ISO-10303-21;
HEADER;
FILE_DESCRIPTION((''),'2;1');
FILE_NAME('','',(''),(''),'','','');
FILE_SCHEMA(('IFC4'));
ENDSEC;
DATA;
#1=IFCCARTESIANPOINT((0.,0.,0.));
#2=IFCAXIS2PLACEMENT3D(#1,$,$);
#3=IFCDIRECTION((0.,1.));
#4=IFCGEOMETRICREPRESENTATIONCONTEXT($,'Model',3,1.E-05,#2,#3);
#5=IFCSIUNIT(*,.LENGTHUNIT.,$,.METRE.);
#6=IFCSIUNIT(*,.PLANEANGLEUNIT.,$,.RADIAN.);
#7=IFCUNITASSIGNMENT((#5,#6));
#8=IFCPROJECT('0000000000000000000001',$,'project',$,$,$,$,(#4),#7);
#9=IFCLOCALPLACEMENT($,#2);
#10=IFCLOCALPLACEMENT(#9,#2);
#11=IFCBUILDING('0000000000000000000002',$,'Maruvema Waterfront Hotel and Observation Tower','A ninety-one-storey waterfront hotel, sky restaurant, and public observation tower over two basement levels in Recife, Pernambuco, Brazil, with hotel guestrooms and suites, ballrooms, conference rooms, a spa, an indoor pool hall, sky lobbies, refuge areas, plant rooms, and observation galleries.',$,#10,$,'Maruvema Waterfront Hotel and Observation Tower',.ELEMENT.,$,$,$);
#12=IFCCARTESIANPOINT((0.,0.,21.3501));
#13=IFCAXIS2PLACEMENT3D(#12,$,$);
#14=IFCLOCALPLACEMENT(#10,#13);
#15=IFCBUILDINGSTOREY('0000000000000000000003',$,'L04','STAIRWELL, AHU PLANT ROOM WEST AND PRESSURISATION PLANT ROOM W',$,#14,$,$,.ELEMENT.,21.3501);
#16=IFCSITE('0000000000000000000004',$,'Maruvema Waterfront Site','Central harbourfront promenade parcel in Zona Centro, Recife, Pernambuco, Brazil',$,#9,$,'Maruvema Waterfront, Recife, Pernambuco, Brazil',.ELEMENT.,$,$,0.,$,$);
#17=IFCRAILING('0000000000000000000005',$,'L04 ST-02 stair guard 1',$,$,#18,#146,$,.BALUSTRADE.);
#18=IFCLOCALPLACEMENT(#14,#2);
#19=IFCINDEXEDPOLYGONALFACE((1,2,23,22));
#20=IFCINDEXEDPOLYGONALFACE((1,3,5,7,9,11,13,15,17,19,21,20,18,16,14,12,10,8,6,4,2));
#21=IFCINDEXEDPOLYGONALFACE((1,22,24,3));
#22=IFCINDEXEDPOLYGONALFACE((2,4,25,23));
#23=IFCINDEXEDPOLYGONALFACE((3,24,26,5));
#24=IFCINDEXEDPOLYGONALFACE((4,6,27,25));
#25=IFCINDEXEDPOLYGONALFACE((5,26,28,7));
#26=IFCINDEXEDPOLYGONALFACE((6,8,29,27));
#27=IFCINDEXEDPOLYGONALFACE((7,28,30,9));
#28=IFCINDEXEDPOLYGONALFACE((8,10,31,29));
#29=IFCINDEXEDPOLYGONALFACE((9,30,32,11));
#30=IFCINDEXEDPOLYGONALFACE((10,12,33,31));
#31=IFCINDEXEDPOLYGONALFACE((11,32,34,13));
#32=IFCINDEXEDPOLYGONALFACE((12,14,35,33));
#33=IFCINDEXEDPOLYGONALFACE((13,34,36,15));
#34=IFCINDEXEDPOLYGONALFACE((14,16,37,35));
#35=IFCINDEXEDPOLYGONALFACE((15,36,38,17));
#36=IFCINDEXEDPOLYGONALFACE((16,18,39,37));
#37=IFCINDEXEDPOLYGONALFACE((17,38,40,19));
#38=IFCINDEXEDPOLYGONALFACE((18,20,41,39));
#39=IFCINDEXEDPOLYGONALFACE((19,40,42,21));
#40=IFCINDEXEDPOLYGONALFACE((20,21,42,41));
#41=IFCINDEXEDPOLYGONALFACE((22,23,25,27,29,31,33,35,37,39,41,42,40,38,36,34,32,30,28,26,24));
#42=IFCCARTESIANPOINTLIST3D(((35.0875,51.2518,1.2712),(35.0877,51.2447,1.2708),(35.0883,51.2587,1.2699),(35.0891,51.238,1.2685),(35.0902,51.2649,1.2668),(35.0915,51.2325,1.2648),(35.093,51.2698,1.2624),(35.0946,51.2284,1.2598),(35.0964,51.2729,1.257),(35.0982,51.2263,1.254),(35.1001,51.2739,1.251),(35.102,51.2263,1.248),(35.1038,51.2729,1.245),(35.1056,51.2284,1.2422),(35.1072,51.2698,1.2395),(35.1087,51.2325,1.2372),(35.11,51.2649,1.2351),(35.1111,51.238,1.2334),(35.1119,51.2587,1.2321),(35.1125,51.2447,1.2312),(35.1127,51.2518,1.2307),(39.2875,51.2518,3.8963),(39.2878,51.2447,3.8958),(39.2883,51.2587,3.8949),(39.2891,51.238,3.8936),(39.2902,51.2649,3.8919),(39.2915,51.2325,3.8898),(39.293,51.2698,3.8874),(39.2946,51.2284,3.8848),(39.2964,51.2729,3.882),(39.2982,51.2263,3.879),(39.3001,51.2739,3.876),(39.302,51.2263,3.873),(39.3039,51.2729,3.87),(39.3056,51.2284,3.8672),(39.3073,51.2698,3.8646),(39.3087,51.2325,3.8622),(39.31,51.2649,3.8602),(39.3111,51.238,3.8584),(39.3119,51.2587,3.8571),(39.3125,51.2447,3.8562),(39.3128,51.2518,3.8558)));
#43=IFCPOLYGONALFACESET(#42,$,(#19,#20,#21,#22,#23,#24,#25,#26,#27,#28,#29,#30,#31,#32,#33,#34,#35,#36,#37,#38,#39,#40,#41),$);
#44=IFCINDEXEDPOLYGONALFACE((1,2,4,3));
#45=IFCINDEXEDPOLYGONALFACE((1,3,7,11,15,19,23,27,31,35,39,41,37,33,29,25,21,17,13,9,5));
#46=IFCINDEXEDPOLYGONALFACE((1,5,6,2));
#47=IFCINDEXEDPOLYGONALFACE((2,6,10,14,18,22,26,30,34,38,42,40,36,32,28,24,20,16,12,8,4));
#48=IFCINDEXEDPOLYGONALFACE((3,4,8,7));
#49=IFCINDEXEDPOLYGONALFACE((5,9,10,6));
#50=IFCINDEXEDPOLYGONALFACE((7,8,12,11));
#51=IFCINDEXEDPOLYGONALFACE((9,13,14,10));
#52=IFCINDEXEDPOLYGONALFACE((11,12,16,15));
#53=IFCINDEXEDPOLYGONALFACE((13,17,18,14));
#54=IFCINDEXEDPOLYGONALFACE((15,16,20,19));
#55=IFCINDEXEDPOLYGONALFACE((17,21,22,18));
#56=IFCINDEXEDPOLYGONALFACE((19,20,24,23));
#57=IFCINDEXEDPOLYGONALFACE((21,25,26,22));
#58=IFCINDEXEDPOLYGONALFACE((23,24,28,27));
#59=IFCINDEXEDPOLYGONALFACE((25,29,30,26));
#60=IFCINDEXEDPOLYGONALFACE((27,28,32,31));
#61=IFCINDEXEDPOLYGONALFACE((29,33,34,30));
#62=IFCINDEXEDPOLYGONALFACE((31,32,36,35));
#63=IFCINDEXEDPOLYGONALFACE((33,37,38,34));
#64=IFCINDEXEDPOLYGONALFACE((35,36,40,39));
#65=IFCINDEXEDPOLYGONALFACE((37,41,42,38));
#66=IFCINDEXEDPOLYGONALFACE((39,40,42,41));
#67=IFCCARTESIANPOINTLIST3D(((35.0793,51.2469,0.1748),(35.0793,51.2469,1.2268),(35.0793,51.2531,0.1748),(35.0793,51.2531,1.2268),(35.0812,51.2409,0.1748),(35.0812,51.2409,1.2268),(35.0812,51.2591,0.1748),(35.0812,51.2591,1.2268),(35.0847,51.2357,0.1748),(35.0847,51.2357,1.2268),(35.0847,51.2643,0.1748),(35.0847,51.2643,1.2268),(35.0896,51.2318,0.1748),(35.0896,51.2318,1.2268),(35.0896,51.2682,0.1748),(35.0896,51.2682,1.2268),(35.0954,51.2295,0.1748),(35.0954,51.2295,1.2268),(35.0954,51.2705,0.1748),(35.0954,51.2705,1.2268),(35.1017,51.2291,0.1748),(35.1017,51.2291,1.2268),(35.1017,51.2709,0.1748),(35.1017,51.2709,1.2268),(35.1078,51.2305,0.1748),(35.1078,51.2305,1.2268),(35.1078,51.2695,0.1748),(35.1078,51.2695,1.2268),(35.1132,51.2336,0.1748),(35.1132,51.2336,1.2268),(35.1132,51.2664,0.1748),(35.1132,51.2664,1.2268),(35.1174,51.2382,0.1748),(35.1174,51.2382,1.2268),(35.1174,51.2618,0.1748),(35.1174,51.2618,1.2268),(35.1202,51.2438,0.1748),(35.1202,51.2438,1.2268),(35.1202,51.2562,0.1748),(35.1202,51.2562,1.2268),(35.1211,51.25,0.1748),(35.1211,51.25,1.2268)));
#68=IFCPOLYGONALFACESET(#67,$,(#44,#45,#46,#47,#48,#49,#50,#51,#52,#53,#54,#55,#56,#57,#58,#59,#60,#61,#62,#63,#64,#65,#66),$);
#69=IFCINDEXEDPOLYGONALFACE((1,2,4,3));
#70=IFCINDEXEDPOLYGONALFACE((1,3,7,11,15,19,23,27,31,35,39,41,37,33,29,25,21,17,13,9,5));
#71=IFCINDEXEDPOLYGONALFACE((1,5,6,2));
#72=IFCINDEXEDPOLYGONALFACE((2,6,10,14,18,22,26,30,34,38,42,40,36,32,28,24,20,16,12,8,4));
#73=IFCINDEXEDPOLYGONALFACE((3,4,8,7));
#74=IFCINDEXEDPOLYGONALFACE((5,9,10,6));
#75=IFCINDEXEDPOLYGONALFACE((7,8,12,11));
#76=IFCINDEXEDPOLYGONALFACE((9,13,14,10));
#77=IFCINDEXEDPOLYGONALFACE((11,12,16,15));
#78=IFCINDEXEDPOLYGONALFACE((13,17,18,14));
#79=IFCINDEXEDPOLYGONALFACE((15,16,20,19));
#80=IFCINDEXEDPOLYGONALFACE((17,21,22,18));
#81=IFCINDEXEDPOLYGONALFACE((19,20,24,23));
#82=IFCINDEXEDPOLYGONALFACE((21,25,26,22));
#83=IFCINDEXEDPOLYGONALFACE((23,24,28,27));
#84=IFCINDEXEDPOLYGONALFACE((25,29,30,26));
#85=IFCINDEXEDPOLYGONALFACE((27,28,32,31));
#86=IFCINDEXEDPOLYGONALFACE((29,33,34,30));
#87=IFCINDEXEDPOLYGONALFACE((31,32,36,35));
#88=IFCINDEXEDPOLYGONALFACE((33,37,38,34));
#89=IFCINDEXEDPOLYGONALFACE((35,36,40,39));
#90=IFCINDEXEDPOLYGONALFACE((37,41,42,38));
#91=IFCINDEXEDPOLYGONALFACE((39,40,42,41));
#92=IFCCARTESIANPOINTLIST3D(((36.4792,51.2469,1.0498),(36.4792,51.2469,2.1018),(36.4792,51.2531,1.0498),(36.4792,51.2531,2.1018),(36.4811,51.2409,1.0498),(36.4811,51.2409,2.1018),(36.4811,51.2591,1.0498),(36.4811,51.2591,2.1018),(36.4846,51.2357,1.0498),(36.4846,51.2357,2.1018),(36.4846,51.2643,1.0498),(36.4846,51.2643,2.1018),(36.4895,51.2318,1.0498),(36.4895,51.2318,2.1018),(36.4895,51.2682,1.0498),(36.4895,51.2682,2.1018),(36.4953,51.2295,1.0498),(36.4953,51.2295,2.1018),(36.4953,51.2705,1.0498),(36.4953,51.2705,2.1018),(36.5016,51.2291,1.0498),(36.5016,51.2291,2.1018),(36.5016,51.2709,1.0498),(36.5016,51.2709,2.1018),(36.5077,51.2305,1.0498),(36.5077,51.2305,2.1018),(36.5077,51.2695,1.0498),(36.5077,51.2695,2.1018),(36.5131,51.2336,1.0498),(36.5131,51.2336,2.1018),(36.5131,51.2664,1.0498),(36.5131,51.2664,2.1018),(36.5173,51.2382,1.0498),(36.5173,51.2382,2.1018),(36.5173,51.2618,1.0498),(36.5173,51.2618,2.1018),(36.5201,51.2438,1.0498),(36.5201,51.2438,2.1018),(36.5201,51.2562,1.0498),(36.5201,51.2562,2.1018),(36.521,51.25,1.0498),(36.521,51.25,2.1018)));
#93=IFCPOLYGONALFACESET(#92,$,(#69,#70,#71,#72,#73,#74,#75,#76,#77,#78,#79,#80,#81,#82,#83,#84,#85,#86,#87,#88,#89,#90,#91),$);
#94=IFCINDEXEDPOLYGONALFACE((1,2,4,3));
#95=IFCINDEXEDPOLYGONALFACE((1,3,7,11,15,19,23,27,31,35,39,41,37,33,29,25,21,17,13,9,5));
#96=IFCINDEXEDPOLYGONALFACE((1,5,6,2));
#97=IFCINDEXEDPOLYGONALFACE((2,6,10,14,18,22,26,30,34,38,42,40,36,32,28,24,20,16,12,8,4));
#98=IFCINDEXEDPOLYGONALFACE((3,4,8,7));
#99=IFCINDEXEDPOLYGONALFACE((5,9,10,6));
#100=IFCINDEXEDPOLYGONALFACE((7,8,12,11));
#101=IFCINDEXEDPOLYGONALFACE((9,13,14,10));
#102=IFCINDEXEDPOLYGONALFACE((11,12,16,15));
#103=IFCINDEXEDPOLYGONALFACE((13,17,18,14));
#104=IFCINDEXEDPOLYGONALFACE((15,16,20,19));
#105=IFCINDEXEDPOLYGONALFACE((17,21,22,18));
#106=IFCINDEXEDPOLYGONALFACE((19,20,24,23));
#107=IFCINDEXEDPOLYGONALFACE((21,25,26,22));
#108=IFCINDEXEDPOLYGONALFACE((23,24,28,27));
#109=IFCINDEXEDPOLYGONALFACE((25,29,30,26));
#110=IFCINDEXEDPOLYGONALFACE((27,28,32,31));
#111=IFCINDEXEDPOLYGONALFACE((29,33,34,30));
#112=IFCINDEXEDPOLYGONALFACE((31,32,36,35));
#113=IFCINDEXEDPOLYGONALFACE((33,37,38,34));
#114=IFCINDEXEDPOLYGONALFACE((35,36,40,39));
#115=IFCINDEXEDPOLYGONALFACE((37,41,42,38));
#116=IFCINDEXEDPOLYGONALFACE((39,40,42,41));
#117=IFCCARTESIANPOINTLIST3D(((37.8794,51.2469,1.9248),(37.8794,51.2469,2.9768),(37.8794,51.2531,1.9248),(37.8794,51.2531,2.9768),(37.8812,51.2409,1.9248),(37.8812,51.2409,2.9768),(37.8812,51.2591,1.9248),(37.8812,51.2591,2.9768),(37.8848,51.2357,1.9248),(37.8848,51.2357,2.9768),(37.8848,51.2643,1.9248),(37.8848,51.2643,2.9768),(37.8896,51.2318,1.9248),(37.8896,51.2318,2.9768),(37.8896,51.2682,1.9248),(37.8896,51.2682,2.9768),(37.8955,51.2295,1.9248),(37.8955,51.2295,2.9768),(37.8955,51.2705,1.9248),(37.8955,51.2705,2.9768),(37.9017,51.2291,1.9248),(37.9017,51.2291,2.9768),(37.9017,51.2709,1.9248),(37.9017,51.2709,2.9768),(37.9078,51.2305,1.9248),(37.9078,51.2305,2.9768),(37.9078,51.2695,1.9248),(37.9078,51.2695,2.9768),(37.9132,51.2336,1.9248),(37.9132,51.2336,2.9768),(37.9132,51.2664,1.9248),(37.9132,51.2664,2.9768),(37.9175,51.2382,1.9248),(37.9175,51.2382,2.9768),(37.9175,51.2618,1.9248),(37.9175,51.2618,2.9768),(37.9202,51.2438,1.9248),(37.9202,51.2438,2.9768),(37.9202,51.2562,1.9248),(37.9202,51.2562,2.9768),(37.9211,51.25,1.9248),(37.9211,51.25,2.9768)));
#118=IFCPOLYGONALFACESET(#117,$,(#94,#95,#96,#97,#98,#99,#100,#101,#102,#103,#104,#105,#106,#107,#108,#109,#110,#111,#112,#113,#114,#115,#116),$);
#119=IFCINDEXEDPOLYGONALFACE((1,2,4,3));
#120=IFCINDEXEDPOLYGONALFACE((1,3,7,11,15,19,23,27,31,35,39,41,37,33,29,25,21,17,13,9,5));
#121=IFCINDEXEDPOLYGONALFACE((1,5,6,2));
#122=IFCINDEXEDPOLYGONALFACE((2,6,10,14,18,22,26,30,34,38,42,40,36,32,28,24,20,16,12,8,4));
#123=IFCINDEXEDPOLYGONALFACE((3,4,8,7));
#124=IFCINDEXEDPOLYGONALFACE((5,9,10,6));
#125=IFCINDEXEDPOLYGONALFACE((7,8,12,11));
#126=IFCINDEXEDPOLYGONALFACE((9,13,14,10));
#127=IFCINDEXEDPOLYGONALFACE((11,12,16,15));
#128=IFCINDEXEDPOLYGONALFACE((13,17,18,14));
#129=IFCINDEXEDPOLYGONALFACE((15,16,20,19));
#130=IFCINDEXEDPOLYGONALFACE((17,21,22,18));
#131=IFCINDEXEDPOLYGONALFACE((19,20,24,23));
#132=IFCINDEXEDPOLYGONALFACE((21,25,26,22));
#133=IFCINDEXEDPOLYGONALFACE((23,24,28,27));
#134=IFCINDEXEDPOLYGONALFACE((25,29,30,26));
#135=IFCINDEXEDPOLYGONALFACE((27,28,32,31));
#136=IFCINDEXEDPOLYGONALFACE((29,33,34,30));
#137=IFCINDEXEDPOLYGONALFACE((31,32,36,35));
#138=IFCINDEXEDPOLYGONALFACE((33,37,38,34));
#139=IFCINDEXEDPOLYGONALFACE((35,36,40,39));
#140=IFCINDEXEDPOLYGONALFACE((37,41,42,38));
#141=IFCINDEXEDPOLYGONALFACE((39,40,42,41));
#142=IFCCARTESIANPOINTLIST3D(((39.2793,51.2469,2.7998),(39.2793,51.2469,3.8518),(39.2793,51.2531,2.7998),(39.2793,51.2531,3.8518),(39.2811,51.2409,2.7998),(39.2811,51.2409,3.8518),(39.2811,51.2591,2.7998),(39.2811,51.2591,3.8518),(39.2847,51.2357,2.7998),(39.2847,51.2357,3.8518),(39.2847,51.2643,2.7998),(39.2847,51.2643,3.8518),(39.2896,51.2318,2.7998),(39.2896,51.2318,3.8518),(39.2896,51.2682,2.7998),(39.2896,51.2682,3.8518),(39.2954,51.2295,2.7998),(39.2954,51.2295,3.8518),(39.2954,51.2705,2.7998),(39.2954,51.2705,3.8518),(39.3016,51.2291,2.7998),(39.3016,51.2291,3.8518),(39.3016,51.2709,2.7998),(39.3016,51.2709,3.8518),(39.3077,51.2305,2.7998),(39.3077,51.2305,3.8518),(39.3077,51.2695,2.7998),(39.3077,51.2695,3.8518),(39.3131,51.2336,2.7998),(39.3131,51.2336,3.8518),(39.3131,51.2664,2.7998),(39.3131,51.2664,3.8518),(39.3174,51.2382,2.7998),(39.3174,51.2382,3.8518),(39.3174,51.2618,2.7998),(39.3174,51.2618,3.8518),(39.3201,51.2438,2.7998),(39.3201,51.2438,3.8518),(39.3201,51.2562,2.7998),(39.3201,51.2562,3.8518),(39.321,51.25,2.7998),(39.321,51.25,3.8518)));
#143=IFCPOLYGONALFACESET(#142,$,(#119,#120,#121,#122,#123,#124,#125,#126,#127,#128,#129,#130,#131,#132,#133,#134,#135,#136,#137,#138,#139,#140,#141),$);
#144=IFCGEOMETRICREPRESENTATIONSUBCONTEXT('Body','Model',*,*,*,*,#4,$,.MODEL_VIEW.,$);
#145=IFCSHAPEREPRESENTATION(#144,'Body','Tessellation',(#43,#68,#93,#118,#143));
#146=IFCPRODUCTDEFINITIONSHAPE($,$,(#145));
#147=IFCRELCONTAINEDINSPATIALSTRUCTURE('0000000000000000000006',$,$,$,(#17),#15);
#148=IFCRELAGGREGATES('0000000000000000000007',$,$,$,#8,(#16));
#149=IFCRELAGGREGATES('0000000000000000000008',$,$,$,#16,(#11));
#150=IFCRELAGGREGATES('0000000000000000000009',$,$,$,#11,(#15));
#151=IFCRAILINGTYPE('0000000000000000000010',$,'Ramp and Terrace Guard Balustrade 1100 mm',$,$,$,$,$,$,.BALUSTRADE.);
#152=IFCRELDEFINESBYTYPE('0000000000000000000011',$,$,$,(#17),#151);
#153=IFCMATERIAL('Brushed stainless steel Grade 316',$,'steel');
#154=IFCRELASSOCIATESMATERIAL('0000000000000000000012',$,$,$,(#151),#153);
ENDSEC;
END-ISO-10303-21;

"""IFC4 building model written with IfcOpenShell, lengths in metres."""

from ifc_helpers import new_model, si_unit, direction, frame, origin, origin_2d, place, context, subcontext, project, spatial, circle, extrude, material, type_object, element, save


model = new_model("IFC4")

# Units and contexts
model_context = context("Model", 3, precision=1e-05, world=origin(), true_north=direction((0.0, 1.0)))
body_context = subcontext(model_context, "Body", "Model", "MODEL_VIEW")
ifc_project = project(units=[si_unit("LENGTHUNIT", "METRE"), si_unit("PLANEANGLEUNIT", "RADIAN")], contexts=[model_context])

# Site, building, storey
site_placement = place(None, origin())
site = spatial("IfcSite", under=ifc_project, at=site_placement, Name="Maruvema Waterfront Site", Description="Central harbourfront promenade parcel in Zona Centro, Recife, Pernambuco, Brazil", LongName="Maruvema Waterfront, Recife, Pernambuco, Brazil", CompositionType="ELEMENT", RefElevation=0.0)
building_placement = place(site_placement, origin())
building = spatial("IfcBuilding", under=site, at=building_placement, Name="Maruvema Waterfront Hotel and Observation Tower", Description="A ninety-one-storey waterfront hotel, sky restaurant, and public observation tower over two basement levels in Recife, Pernambuco, Brazil, with hotel guestrooms and suites, ballrooms, conference rooms, a spa, an indoor pool hall, sky lobbies, refuge areas, plant rooms, and observation galleries.", LongName="Maruvema Waterfront Hotel and Observation Tower", CompositionType="ELEMENT")
storey_placement = place(building_placement, frame((0.0, 0.0, 21.3501)))
storey = spatial("IfcBuildingStorey", under=building, at=storey_placement, Name="L04", Description="STAIRWELL, AHU PLANT ROOM WEST AND PRESSURISATION PLANT ROOM W", CompositionType="ELEMENT", Elevation=21.3501)

# Railing
ifc_material_1 = material(Name="Brushed stainless steel Grade 316", Category="steel")
railing_type_1 = type_object("IfcRailingType", Name="Ramp and Terrace Guard Balustrade 1100 mm", PredefinedType="BALUSTRADE", material=ifc_material_1)
railing_1_placement = place(storey_placement, frame((35.1001, 51.25, 0.1748)))
element("IfcRailing", 1, at=railing_1_placement, inside=storey, type_object=railing_type_1, Name="L04 ST-02 stair guard 1", PredefinedType="BALUSTRADE", context=body_context, shape_type="SweptSolid", body=[
    extrude(circle(Radius=0.0239, at=origin_2d()), frame((0.0, 0.0, 1.0762), z_axis=(0.847996, 0.0, 0.530003), x_axis=(0.0, 1.0, 0.0)), (0.0, 0.0, 1.0), 4.9529),
    extrude(circle(Radius=0.021, at=origin_2d()), origin(), (0.0, 0.0, 1.0), 1.052),
    extrude(circle(Radius=0.021, at=origin_2d()), frame((1.3999, 0.0, 0.875)), (0.0, 0.0, 1.0), 1.052),
    extrude(circle(Radius=0.021, at=origin_2d()), frame((2.8, 0.0, 1.75)), (0.0, 0.0, 1.0), 1.052),
    extrude(circle(Radius=0.021, at=origin_2d()), frame((4.2, 0.0, 2.625)), (0.0, 0.0, 1.0), 1.052),
])

save(model, "model.ifc")
